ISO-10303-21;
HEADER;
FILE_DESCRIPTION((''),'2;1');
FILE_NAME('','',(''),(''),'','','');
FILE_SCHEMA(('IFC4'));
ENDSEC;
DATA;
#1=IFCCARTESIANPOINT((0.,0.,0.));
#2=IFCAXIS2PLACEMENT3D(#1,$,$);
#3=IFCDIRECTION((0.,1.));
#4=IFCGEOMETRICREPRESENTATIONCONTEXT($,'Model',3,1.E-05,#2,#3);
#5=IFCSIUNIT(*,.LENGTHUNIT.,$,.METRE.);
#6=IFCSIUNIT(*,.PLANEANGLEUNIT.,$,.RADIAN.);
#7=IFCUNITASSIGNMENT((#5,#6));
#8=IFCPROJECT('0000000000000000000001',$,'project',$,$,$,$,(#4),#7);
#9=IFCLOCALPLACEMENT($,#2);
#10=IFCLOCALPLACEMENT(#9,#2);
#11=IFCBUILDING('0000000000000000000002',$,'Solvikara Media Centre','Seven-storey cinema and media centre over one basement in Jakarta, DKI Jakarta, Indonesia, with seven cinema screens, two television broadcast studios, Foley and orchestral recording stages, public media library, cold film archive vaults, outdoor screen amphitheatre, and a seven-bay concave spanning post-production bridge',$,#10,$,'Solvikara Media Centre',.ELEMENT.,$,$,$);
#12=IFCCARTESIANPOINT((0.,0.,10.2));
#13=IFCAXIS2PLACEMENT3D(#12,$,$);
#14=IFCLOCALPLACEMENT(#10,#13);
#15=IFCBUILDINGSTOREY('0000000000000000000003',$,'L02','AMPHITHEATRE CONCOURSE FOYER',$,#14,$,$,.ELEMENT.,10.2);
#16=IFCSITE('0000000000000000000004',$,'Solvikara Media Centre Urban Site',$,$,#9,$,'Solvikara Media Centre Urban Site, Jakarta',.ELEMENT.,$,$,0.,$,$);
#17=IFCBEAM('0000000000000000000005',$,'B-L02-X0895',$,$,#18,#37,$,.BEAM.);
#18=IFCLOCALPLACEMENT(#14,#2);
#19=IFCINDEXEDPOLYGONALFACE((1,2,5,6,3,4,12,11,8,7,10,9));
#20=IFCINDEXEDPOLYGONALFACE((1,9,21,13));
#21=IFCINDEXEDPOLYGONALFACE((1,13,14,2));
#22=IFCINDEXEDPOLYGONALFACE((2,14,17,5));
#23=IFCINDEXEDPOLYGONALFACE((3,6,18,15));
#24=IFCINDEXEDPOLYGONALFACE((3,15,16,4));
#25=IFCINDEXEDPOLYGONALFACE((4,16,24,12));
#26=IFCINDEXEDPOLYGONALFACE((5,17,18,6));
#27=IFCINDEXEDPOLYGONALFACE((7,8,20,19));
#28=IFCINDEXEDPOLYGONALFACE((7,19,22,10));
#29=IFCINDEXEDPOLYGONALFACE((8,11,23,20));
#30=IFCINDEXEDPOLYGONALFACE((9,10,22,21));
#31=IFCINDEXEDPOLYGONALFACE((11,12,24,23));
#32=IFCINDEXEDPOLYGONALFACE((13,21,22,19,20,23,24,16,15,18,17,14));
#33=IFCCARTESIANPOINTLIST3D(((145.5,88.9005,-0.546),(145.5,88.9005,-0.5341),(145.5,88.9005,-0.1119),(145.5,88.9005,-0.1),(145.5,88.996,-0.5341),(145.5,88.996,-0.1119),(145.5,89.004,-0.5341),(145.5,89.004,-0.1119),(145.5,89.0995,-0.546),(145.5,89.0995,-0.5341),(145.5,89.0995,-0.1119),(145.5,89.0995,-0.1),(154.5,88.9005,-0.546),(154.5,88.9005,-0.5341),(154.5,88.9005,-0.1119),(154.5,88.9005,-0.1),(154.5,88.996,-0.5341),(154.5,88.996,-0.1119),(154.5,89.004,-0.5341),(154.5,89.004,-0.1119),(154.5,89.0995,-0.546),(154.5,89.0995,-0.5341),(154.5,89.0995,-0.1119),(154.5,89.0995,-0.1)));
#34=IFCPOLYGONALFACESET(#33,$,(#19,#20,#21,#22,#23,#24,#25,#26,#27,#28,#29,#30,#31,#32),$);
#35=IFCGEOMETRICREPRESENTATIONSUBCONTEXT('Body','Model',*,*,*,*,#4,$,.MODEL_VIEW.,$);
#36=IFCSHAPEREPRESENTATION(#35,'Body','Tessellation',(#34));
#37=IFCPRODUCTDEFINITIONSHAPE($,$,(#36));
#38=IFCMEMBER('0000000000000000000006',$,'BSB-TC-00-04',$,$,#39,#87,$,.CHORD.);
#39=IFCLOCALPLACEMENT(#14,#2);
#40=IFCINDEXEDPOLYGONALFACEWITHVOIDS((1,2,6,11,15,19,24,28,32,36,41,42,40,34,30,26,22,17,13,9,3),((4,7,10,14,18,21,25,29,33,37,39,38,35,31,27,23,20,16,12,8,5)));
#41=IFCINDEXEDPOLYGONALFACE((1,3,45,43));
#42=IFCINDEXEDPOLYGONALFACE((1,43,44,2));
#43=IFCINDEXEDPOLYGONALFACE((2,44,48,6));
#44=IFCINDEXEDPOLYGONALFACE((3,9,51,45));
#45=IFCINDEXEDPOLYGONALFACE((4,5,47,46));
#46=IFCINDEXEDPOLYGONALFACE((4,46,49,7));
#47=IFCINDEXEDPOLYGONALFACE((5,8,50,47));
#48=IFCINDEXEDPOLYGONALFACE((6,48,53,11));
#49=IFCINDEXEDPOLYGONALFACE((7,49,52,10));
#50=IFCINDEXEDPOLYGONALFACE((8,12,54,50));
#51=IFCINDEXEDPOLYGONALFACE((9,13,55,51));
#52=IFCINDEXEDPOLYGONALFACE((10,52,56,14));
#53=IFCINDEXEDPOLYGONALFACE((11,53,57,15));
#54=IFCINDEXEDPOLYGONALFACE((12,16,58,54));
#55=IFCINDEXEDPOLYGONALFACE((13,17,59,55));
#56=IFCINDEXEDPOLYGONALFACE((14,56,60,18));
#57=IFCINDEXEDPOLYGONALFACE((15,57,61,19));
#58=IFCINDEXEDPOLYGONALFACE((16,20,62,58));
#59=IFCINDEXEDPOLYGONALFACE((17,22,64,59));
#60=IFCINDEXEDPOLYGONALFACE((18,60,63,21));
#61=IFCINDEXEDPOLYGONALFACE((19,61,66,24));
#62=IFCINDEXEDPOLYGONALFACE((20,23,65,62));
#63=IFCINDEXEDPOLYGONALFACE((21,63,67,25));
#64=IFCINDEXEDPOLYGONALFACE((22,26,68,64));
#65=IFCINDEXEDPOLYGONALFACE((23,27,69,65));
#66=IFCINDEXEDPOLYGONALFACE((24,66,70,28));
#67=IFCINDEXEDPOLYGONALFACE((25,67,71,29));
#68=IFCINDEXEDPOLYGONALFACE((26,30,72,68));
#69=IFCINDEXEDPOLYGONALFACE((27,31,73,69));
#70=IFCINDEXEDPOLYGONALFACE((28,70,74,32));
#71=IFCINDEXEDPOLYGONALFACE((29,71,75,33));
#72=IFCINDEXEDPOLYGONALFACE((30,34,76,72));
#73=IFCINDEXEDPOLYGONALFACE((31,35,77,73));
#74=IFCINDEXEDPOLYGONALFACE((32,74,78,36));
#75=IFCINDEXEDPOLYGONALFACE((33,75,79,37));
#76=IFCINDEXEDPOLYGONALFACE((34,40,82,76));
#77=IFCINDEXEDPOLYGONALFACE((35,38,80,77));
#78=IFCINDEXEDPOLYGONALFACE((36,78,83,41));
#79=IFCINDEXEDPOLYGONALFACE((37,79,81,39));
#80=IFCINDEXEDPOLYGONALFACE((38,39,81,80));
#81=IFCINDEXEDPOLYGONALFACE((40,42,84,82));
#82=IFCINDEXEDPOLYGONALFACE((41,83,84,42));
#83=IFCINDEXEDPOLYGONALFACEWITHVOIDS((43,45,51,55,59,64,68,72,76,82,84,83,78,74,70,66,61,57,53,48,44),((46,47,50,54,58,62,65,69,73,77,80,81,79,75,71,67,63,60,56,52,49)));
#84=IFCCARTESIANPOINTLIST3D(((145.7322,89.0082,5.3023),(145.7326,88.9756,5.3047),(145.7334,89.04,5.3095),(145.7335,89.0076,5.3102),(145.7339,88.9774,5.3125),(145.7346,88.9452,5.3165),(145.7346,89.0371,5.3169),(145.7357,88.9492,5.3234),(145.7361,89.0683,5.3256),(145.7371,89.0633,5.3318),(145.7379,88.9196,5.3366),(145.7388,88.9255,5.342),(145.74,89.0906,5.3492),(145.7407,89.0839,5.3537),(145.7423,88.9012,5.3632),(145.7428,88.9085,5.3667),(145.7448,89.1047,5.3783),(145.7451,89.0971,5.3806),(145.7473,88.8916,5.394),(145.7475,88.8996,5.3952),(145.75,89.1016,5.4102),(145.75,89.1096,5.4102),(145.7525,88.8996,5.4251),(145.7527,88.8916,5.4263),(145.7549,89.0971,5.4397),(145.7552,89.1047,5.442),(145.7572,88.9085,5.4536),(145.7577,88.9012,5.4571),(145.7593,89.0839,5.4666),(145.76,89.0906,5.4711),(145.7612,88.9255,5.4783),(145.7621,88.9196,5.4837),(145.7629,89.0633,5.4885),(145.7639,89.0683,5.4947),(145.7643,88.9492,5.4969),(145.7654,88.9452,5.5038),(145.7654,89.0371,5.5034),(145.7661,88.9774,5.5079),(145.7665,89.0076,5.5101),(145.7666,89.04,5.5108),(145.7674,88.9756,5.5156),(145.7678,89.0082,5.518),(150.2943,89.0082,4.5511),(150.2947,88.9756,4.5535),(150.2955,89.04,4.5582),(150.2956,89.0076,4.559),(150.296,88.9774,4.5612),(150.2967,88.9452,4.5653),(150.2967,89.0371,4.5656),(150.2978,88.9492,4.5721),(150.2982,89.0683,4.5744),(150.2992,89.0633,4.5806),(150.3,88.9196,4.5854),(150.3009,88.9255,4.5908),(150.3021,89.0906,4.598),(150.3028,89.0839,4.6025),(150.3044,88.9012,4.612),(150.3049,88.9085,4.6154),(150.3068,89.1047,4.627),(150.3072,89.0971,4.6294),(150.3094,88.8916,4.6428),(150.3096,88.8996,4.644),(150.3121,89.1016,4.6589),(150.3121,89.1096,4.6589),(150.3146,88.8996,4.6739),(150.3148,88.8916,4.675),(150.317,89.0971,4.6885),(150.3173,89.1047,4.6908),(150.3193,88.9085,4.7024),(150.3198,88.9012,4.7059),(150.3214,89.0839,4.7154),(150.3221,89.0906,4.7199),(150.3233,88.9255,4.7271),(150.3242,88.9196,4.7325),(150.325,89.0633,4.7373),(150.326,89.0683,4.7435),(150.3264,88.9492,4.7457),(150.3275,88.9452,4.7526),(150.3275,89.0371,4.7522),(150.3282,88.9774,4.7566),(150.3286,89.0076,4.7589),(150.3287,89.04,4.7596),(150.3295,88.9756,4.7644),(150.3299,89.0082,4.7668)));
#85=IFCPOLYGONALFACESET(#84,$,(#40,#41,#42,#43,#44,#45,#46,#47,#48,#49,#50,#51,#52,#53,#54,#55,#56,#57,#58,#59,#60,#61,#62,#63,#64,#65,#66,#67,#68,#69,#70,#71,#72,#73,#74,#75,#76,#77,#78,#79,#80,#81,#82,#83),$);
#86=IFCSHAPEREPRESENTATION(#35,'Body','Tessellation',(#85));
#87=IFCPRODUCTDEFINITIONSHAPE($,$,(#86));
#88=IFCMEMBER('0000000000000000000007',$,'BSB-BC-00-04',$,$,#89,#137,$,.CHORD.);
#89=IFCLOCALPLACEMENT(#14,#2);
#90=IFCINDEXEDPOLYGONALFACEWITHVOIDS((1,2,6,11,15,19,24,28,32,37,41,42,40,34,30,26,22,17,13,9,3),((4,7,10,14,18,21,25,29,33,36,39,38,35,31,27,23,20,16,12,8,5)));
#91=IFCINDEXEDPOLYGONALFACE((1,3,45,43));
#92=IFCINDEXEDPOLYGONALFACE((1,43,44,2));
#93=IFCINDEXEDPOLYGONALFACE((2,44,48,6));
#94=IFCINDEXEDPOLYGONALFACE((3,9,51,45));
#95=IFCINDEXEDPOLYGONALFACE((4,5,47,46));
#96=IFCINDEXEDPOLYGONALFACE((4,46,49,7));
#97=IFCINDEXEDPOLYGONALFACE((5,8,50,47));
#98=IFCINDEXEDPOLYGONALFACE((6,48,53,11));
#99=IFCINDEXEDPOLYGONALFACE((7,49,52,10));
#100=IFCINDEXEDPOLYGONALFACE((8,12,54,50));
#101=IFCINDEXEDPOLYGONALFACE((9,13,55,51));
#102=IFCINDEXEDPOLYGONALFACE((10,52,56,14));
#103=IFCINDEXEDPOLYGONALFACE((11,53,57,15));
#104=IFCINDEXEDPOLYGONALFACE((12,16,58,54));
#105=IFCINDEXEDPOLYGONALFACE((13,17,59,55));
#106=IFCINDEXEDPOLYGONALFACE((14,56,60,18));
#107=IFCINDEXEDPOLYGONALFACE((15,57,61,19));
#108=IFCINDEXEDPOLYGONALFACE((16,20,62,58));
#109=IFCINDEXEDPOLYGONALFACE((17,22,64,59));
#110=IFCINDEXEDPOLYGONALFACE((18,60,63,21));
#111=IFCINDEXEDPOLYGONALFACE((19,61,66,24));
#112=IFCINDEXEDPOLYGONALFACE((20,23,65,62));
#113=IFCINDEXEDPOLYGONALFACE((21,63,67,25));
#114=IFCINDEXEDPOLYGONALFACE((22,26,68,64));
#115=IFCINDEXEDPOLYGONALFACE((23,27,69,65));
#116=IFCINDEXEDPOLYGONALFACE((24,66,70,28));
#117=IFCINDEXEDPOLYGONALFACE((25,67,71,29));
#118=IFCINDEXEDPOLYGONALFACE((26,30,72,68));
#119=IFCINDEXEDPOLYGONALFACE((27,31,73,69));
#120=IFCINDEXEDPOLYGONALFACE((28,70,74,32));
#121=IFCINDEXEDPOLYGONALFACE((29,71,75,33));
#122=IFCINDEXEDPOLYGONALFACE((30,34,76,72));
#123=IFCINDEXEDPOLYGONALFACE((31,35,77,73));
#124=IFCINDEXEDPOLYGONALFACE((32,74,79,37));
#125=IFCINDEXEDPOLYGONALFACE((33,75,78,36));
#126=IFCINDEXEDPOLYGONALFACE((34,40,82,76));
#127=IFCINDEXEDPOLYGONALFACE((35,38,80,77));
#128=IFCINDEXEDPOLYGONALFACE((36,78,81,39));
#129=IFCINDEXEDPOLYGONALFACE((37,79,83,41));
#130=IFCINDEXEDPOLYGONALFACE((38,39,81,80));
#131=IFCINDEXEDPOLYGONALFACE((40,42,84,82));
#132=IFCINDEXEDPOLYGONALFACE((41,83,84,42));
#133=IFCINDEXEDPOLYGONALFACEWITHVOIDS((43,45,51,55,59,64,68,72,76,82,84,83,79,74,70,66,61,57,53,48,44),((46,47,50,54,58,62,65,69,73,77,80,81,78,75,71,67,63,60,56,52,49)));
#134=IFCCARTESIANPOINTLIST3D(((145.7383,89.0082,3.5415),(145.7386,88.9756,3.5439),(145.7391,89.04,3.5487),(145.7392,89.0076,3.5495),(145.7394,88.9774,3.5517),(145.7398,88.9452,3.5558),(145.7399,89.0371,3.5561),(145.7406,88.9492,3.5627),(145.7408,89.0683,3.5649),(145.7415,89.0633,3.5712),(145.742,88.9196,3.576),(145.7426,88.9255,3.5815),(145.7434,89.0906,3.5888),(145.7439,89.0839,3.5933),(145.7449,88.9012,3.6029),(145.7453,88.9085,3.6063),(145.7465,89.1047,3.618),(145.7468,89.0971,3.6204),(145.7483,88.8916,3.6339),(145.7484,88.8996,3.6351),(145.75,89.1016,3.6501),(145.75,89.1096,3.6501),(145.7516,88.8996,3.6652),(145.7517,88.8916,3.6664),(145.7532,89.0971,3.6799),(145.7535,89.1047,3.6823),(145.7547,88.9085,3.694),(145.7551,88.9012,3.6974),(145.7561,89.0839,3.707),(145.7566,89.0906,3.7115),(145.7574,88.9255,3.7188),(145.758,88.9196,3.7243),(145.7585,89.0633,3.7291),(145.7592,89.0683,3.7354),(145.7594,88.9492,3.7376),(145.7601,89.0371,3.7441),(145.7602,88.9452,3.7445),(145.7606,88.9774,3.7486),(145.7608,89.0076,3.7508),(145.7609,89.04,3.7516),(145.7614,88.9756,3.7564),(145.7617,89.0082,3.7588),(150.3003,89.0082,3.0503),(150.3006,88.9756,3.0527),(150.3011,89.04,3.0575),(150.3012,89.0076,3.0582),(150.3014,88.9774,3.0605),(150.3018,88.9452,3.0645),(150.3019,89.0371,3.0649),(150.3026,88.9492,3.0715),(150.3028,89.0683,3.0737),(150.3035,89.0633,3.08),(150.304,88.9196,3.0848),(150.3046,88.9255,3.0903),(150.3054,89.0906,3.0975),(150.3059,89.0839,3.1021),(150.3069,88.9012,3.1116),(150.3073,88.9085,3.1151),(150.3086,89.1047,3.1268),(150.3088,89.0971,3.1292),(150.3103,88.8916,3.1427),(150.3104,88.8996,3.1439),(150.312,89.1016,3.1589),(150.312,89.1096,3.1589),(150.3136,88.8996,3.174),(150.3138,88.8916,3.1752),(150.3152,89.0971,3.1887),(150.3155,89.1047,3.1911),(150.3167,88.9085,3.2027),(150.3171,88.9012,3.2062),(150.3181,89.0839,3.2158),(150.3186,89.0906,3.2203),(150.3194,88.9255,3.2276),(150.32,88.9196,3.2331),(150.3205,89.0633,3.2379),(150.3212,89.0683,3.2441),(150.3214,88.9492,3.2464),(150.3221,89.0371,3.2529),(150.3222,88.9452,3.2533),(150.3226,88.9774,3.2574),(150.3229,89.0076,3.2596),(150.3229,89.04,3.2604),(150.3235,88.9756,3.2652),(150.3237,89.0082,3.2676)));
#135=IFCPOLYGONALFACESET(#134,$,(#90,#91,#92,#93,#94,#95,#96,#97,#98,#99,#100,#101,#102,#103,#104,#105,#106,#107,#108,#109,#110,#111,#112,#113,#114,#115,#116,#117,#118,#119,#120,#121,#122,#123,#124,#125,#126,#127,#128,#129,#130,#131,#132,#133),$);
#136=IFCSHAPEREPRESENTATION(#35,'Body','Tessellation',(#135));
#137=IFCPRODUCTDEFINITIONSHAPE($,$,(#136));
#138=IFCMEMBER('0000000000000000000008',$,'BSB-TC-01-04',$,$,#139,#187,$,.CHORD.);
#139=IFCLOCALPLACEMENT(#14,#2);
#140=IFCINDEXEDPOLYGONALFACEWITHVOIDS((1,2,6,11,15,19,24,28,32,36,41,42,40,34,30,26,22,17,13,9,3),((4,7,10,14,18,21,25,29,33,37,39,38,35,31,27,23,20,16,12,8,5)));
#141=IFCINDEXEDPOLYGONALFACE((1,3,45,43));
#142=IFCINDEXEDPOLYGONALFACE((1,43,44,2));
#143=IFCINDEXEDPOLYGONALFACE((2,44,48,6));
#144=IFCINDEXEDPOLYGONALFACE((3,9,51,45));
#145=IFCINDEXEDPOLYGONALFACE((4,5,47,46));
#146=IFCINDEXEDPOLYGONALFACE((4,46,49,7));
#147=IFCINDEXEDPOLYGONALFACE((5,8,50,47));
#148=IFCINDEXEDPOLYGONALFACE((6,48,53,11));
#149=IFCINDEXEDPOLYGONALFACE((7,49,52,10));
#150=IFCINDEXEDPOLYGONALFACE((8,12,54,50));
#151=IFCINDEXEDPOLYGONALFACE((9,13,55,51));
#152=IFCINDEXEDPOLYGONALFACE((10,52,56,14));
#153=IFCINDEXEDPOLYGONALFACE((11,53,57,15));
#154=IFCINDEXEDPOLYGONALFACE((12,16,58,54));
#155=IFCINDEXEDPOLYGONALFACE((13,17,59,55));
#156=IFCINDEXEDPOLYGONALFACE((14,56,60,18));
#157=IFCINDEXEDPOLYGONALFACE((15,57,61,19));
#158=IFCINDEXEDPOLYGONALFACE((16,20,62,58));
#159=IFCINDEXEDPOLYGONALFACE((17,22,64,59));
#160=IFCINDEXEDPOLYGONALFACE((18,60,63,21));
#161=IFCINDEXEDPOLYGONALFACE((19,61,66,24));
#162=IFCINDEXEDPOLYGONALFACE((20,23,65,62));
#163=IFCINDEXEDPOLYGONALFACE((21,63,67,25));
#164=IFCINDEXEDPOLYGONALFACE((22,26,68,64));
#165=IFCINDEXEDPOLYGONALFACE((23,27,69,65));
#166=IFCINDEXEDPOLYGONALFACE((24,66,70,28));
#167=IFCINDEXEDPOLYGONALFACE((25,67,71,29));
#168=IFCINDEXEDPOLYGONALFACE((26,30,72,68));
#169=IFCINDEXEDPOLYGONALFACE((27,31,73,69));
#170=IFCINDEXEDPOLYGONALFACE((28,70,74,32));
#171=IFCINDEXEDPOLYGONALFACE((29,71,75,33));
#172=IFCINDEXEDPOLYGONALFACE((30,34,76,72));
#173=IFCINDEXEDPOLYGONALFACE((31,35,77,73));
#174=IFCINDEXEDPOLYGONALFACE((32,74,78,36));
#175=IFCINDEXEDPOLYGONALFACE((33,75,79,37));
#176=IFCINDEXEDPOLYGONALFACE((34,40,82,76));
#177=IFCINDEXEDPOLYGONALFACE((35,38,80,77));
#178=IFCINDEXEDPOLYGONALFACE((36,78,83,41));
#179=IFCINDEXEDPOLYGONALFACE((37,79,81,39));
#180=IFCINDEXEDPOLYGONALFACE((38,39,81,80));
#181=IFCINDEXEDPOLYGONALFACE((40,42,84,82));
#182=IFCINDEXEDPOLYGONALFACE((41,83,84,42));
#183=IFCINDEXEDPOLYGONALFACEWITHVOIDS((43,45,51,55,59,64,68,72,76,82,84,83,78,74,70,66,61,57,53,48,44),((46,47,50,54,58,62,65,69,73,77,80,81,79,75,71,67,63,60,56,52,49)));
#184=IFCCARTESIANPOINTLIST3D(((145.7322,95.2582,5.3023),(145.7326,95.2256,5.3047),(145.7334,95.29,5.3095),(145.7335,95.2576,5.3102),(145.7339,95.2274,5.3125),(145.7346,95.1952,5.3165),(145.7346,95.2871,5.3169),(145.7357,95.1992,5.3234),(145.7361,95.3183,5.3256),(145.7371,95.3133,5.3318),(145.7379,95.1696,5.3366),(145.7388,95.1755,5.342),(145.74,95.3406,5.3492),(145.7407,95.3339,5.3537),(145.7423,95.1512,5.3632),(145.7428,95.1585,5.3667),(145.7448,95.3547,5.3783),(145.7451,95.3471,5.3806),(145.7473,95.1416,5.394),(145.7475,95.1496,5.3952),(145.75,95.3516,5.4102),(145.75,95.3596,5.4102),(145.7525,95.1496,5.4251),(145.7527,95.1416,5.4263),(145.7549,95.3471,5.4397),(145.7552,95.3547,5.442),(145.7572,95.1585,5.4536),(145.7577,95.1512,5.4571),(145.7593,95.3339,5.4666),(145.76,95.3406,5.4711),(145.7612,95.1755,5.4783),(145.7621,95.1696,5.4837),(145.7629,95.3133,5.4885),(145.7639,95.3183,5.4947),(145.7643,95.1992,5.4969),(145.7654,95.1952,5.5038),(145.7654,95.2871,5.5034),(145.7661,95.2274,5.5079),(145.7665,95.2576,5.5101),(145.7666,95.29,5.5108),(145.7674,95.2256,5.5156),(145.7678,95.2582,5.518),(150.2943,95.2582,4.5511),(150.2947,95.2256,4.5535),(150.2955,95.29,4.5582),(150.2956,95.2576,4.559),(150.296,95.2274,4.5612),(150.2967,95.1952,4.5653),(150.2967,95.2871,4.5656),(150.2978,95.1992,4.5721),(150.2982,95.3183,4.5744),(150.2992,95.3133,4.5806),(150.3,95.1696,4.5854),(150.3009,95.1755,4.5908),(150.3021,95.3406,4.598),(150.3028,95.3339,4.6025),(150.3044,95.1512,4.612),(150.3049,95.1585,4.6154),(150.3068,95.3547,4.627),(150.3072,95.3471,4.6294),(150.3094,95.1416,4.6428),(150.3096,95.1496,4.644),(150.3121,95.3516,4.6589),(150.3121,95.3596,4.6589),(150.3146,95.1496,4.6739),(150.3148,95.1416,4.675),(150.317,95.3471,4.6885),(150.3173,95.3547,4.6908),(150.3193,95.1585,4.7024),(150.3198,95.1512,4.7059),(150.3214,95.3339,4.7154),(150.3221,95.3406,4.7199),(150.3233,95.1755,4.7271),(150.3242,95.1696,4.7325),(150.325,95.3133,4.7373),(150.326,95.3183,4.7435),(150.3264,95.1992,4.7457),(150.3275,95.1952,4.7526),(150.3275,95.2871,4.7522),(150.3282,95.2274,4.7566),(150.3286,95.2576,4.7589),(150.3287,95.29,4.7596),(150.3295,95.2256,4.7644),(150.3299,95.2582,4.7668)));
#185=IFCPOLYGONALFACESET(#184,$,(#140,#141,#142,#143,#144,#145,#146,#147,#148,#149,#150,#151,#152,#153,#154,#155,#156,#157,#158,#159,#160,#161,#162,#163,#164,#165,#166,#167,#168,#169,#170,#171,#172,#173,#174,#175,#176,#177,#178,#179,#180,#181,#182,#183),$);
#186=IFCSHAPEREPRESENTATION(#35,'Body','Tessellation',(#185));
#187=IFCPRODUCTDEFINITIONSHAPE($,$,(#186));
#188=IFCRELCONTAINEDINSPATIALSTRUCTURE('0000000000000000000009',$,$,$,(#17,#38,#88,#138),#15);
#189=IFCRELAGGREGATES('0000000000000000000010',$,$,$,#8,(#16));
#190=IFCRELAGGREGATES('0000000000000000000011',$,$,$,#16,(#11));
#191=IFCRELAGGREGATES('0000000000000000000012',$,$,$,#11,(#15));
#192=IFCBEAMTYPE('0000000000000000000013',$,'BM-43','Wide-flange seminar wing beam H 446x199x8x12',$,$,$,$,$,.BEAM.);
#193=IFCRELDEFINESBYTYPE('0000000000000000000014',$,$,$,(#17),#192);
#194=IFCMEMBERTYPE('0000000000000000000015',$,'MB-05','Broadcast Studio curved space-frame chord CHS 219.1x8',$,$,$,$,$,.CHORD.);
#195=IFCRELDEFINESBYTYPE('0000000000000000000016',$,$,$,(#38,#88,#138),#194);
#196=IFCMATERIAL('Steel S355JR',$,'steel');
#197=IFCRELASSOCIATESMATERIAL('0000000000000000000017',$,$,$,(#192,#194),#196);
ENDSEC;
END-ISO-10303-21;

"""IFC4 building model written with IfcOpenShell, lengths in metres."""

from ifc_helpers import new_model, si_unit, direction, frame, origin, origin_2d, place, context, subcontext, project, spatial, hollow_circle, i_section, extrude, material, material_profile, profile_set, type_object, element, save


model = new_model("IFC4")

# Units and contexts
model_context = context("Model", 3, precision=1e-05, world=origin(), true_north=direction((0.0, 1.0)))
body_context = subcontext(model_context, "Body", "Model", "MODEL_VIEW")
ifc_project = project(units=[si_unit("LENGTHUNIT", "METRE"), si_unit("PLANEANGLEUNIT", "RADIAN")], contexts=[model_context])

# Site, building, storey
site_placement = place(None, origin())
site = spatial("IfcSite", under=ifc_project, at=site_placement, Name="Solvikara Media Centre Urban Site", LongName="Solvikara Media Centre Urban Site, Jakarta", CompositionType="ELEMENT", RefElevation=0.0)
building_placement = place(site_placement, origin())
building = spatial("IfcBuilding", under=site, at=building_placement, Name="Solvikara Media Centre", Description="Seven-storey cinema and media centre over one basement in Jakarta, DKI Jakarta, Indonesia, with seven cinema screens, two television broadcast studios, Foley and orchestral recording stages, public media library, cold film archive vaults, outdoor screen amphitheatre, and a seven-bay concave spanning post-production bridge", LongName="Solvikara Media Centre", CompositionType="ELEMENT")
storey_placement = place(building_placement, frame((0.0, 0.0, 10.2)))
storey = spatial("IfcBuildingStorey", under=building, at=storey_placement, Name="L02", Description="AMPHITHEATRE CONCOURSE FOYER", CompositionType="ELEMENT", Elevation=10.2)

# Beam
ifc_material_1 = material(Name="Steel S355JR", Category="steel")
ifc_material_profile_1 = material_profile(ifc_material_1, i_section(OverallWidth=0.199, OverallDepth=0.446, WebThickness=0.0081, FlangeThickness=0.012, at=origin_2d()), Name="H 446x199x8x12")
ifc_profile_set_1 = profile_set([ifc_material_profile_1], Name="Steel S355JR")
beam_type = type_object("IfcBeamType", Name="BM-43", Description="Wide-flange seminar wing beam H 446x199x8x12", PredefinedType="BEAM", material=ifc_profile_set_1)
beam_placement = place(storey_placement, frame((145.5, 89.0, -0.323), z_axis=(1.0, 0.0, 0.0), x_axis=(0.0, 1.0, 0.0)))
element("IfcBeam", 1, at=beam_placement, inside=storey, type_object=beam_type, Name="B-L02-X0895", PredefinedType="BEAM", context=body_context, shape_type="SweptSolid", body=[
    extrude(i_section(OverallWidth=0.199, OverallDepth=0.446, WebThickness=0.0081, FlangeThickness=0.012, at=origin_2d()), origin(), (0.0, 0.0, 1.0), 9.0),
])

# Members
ifc_material_profile_2 = material_profile(ifc_material_1, hollow_circle(Radius=0.1096, WallThickness=0.0081, at=origin_2d()), Name="CHS 219.1x8")
ifc_profile_set_2 = profile_set([ifc_material_profile_2], Name="Steel S355JR")
member_type_1 = type_object("IfcMemberType", Name="MB-05", Description="Broadcast Studio curved space-frame chord CHS 219.1x8", PredefinedType="CHORD", material=ifc_profile_set_2)
member_1_placement = place(storey_placement, frame((145.75, 89.0, 5.4102), z_axis=(0.986712, 0.0, -0.162481), x_axis=(0.0, 1.0, 0.0)))
element("IfcMember", 2, at=member_1_placement, inside=storey, type_object=member_type_1, Name="BSB-TC-00-04", PredefinedType="CHORD", context=body_context, shape_type="SweptSolid", body=[
    extrude(hollow_circle(Radius=0.1096, WallThickness=0.0081, at=origin_2d()), origin(), (0.0, 0.0, 1.0), 4.6235),
])
member_2_placement = place(storey_placement, frame((145.75, 89.0, 3.6501), z_axis=(0.994253, 0.0, -0.107055), x_axis=(0.0, 1.0, 0.0)))
element("IfcMember", 3, at=member_2_placement, inside=storey, type_object=member_type_1, Name="BSB-BC-00-04", PredefinedType="CHORD", context=body_context, shape_type="SweptSolid", body=[
    extrude(hollow_circle(Radius=0.1096, WallThickness=0.0081, at=origin_2d()), origin(), (0.0, 0.0, 1.0), 4.5884),
])
member_3_placement = place(storey_placement, frame((145.75, 95.25, 5.4102), z_axis=(0.986712, 0.0, -0.162481), x_axis=(0.0, 1.0, 0.0)))
element("IfcMember", 4, at=member_3_placement, inside=storey, type_object=member_type_1, Name="BSB-TC-01-04", PredefinedType="CHORD", context=body_context, shape_type="SweptSolid", body=[
    extrude(hollow_circle(Radius=0.1096, WallThickness=0.0081, at=origin_2d()), origin(), (0.0, 0.0, 1.0), 4.6235),
])

save(model, "model.ifc")
